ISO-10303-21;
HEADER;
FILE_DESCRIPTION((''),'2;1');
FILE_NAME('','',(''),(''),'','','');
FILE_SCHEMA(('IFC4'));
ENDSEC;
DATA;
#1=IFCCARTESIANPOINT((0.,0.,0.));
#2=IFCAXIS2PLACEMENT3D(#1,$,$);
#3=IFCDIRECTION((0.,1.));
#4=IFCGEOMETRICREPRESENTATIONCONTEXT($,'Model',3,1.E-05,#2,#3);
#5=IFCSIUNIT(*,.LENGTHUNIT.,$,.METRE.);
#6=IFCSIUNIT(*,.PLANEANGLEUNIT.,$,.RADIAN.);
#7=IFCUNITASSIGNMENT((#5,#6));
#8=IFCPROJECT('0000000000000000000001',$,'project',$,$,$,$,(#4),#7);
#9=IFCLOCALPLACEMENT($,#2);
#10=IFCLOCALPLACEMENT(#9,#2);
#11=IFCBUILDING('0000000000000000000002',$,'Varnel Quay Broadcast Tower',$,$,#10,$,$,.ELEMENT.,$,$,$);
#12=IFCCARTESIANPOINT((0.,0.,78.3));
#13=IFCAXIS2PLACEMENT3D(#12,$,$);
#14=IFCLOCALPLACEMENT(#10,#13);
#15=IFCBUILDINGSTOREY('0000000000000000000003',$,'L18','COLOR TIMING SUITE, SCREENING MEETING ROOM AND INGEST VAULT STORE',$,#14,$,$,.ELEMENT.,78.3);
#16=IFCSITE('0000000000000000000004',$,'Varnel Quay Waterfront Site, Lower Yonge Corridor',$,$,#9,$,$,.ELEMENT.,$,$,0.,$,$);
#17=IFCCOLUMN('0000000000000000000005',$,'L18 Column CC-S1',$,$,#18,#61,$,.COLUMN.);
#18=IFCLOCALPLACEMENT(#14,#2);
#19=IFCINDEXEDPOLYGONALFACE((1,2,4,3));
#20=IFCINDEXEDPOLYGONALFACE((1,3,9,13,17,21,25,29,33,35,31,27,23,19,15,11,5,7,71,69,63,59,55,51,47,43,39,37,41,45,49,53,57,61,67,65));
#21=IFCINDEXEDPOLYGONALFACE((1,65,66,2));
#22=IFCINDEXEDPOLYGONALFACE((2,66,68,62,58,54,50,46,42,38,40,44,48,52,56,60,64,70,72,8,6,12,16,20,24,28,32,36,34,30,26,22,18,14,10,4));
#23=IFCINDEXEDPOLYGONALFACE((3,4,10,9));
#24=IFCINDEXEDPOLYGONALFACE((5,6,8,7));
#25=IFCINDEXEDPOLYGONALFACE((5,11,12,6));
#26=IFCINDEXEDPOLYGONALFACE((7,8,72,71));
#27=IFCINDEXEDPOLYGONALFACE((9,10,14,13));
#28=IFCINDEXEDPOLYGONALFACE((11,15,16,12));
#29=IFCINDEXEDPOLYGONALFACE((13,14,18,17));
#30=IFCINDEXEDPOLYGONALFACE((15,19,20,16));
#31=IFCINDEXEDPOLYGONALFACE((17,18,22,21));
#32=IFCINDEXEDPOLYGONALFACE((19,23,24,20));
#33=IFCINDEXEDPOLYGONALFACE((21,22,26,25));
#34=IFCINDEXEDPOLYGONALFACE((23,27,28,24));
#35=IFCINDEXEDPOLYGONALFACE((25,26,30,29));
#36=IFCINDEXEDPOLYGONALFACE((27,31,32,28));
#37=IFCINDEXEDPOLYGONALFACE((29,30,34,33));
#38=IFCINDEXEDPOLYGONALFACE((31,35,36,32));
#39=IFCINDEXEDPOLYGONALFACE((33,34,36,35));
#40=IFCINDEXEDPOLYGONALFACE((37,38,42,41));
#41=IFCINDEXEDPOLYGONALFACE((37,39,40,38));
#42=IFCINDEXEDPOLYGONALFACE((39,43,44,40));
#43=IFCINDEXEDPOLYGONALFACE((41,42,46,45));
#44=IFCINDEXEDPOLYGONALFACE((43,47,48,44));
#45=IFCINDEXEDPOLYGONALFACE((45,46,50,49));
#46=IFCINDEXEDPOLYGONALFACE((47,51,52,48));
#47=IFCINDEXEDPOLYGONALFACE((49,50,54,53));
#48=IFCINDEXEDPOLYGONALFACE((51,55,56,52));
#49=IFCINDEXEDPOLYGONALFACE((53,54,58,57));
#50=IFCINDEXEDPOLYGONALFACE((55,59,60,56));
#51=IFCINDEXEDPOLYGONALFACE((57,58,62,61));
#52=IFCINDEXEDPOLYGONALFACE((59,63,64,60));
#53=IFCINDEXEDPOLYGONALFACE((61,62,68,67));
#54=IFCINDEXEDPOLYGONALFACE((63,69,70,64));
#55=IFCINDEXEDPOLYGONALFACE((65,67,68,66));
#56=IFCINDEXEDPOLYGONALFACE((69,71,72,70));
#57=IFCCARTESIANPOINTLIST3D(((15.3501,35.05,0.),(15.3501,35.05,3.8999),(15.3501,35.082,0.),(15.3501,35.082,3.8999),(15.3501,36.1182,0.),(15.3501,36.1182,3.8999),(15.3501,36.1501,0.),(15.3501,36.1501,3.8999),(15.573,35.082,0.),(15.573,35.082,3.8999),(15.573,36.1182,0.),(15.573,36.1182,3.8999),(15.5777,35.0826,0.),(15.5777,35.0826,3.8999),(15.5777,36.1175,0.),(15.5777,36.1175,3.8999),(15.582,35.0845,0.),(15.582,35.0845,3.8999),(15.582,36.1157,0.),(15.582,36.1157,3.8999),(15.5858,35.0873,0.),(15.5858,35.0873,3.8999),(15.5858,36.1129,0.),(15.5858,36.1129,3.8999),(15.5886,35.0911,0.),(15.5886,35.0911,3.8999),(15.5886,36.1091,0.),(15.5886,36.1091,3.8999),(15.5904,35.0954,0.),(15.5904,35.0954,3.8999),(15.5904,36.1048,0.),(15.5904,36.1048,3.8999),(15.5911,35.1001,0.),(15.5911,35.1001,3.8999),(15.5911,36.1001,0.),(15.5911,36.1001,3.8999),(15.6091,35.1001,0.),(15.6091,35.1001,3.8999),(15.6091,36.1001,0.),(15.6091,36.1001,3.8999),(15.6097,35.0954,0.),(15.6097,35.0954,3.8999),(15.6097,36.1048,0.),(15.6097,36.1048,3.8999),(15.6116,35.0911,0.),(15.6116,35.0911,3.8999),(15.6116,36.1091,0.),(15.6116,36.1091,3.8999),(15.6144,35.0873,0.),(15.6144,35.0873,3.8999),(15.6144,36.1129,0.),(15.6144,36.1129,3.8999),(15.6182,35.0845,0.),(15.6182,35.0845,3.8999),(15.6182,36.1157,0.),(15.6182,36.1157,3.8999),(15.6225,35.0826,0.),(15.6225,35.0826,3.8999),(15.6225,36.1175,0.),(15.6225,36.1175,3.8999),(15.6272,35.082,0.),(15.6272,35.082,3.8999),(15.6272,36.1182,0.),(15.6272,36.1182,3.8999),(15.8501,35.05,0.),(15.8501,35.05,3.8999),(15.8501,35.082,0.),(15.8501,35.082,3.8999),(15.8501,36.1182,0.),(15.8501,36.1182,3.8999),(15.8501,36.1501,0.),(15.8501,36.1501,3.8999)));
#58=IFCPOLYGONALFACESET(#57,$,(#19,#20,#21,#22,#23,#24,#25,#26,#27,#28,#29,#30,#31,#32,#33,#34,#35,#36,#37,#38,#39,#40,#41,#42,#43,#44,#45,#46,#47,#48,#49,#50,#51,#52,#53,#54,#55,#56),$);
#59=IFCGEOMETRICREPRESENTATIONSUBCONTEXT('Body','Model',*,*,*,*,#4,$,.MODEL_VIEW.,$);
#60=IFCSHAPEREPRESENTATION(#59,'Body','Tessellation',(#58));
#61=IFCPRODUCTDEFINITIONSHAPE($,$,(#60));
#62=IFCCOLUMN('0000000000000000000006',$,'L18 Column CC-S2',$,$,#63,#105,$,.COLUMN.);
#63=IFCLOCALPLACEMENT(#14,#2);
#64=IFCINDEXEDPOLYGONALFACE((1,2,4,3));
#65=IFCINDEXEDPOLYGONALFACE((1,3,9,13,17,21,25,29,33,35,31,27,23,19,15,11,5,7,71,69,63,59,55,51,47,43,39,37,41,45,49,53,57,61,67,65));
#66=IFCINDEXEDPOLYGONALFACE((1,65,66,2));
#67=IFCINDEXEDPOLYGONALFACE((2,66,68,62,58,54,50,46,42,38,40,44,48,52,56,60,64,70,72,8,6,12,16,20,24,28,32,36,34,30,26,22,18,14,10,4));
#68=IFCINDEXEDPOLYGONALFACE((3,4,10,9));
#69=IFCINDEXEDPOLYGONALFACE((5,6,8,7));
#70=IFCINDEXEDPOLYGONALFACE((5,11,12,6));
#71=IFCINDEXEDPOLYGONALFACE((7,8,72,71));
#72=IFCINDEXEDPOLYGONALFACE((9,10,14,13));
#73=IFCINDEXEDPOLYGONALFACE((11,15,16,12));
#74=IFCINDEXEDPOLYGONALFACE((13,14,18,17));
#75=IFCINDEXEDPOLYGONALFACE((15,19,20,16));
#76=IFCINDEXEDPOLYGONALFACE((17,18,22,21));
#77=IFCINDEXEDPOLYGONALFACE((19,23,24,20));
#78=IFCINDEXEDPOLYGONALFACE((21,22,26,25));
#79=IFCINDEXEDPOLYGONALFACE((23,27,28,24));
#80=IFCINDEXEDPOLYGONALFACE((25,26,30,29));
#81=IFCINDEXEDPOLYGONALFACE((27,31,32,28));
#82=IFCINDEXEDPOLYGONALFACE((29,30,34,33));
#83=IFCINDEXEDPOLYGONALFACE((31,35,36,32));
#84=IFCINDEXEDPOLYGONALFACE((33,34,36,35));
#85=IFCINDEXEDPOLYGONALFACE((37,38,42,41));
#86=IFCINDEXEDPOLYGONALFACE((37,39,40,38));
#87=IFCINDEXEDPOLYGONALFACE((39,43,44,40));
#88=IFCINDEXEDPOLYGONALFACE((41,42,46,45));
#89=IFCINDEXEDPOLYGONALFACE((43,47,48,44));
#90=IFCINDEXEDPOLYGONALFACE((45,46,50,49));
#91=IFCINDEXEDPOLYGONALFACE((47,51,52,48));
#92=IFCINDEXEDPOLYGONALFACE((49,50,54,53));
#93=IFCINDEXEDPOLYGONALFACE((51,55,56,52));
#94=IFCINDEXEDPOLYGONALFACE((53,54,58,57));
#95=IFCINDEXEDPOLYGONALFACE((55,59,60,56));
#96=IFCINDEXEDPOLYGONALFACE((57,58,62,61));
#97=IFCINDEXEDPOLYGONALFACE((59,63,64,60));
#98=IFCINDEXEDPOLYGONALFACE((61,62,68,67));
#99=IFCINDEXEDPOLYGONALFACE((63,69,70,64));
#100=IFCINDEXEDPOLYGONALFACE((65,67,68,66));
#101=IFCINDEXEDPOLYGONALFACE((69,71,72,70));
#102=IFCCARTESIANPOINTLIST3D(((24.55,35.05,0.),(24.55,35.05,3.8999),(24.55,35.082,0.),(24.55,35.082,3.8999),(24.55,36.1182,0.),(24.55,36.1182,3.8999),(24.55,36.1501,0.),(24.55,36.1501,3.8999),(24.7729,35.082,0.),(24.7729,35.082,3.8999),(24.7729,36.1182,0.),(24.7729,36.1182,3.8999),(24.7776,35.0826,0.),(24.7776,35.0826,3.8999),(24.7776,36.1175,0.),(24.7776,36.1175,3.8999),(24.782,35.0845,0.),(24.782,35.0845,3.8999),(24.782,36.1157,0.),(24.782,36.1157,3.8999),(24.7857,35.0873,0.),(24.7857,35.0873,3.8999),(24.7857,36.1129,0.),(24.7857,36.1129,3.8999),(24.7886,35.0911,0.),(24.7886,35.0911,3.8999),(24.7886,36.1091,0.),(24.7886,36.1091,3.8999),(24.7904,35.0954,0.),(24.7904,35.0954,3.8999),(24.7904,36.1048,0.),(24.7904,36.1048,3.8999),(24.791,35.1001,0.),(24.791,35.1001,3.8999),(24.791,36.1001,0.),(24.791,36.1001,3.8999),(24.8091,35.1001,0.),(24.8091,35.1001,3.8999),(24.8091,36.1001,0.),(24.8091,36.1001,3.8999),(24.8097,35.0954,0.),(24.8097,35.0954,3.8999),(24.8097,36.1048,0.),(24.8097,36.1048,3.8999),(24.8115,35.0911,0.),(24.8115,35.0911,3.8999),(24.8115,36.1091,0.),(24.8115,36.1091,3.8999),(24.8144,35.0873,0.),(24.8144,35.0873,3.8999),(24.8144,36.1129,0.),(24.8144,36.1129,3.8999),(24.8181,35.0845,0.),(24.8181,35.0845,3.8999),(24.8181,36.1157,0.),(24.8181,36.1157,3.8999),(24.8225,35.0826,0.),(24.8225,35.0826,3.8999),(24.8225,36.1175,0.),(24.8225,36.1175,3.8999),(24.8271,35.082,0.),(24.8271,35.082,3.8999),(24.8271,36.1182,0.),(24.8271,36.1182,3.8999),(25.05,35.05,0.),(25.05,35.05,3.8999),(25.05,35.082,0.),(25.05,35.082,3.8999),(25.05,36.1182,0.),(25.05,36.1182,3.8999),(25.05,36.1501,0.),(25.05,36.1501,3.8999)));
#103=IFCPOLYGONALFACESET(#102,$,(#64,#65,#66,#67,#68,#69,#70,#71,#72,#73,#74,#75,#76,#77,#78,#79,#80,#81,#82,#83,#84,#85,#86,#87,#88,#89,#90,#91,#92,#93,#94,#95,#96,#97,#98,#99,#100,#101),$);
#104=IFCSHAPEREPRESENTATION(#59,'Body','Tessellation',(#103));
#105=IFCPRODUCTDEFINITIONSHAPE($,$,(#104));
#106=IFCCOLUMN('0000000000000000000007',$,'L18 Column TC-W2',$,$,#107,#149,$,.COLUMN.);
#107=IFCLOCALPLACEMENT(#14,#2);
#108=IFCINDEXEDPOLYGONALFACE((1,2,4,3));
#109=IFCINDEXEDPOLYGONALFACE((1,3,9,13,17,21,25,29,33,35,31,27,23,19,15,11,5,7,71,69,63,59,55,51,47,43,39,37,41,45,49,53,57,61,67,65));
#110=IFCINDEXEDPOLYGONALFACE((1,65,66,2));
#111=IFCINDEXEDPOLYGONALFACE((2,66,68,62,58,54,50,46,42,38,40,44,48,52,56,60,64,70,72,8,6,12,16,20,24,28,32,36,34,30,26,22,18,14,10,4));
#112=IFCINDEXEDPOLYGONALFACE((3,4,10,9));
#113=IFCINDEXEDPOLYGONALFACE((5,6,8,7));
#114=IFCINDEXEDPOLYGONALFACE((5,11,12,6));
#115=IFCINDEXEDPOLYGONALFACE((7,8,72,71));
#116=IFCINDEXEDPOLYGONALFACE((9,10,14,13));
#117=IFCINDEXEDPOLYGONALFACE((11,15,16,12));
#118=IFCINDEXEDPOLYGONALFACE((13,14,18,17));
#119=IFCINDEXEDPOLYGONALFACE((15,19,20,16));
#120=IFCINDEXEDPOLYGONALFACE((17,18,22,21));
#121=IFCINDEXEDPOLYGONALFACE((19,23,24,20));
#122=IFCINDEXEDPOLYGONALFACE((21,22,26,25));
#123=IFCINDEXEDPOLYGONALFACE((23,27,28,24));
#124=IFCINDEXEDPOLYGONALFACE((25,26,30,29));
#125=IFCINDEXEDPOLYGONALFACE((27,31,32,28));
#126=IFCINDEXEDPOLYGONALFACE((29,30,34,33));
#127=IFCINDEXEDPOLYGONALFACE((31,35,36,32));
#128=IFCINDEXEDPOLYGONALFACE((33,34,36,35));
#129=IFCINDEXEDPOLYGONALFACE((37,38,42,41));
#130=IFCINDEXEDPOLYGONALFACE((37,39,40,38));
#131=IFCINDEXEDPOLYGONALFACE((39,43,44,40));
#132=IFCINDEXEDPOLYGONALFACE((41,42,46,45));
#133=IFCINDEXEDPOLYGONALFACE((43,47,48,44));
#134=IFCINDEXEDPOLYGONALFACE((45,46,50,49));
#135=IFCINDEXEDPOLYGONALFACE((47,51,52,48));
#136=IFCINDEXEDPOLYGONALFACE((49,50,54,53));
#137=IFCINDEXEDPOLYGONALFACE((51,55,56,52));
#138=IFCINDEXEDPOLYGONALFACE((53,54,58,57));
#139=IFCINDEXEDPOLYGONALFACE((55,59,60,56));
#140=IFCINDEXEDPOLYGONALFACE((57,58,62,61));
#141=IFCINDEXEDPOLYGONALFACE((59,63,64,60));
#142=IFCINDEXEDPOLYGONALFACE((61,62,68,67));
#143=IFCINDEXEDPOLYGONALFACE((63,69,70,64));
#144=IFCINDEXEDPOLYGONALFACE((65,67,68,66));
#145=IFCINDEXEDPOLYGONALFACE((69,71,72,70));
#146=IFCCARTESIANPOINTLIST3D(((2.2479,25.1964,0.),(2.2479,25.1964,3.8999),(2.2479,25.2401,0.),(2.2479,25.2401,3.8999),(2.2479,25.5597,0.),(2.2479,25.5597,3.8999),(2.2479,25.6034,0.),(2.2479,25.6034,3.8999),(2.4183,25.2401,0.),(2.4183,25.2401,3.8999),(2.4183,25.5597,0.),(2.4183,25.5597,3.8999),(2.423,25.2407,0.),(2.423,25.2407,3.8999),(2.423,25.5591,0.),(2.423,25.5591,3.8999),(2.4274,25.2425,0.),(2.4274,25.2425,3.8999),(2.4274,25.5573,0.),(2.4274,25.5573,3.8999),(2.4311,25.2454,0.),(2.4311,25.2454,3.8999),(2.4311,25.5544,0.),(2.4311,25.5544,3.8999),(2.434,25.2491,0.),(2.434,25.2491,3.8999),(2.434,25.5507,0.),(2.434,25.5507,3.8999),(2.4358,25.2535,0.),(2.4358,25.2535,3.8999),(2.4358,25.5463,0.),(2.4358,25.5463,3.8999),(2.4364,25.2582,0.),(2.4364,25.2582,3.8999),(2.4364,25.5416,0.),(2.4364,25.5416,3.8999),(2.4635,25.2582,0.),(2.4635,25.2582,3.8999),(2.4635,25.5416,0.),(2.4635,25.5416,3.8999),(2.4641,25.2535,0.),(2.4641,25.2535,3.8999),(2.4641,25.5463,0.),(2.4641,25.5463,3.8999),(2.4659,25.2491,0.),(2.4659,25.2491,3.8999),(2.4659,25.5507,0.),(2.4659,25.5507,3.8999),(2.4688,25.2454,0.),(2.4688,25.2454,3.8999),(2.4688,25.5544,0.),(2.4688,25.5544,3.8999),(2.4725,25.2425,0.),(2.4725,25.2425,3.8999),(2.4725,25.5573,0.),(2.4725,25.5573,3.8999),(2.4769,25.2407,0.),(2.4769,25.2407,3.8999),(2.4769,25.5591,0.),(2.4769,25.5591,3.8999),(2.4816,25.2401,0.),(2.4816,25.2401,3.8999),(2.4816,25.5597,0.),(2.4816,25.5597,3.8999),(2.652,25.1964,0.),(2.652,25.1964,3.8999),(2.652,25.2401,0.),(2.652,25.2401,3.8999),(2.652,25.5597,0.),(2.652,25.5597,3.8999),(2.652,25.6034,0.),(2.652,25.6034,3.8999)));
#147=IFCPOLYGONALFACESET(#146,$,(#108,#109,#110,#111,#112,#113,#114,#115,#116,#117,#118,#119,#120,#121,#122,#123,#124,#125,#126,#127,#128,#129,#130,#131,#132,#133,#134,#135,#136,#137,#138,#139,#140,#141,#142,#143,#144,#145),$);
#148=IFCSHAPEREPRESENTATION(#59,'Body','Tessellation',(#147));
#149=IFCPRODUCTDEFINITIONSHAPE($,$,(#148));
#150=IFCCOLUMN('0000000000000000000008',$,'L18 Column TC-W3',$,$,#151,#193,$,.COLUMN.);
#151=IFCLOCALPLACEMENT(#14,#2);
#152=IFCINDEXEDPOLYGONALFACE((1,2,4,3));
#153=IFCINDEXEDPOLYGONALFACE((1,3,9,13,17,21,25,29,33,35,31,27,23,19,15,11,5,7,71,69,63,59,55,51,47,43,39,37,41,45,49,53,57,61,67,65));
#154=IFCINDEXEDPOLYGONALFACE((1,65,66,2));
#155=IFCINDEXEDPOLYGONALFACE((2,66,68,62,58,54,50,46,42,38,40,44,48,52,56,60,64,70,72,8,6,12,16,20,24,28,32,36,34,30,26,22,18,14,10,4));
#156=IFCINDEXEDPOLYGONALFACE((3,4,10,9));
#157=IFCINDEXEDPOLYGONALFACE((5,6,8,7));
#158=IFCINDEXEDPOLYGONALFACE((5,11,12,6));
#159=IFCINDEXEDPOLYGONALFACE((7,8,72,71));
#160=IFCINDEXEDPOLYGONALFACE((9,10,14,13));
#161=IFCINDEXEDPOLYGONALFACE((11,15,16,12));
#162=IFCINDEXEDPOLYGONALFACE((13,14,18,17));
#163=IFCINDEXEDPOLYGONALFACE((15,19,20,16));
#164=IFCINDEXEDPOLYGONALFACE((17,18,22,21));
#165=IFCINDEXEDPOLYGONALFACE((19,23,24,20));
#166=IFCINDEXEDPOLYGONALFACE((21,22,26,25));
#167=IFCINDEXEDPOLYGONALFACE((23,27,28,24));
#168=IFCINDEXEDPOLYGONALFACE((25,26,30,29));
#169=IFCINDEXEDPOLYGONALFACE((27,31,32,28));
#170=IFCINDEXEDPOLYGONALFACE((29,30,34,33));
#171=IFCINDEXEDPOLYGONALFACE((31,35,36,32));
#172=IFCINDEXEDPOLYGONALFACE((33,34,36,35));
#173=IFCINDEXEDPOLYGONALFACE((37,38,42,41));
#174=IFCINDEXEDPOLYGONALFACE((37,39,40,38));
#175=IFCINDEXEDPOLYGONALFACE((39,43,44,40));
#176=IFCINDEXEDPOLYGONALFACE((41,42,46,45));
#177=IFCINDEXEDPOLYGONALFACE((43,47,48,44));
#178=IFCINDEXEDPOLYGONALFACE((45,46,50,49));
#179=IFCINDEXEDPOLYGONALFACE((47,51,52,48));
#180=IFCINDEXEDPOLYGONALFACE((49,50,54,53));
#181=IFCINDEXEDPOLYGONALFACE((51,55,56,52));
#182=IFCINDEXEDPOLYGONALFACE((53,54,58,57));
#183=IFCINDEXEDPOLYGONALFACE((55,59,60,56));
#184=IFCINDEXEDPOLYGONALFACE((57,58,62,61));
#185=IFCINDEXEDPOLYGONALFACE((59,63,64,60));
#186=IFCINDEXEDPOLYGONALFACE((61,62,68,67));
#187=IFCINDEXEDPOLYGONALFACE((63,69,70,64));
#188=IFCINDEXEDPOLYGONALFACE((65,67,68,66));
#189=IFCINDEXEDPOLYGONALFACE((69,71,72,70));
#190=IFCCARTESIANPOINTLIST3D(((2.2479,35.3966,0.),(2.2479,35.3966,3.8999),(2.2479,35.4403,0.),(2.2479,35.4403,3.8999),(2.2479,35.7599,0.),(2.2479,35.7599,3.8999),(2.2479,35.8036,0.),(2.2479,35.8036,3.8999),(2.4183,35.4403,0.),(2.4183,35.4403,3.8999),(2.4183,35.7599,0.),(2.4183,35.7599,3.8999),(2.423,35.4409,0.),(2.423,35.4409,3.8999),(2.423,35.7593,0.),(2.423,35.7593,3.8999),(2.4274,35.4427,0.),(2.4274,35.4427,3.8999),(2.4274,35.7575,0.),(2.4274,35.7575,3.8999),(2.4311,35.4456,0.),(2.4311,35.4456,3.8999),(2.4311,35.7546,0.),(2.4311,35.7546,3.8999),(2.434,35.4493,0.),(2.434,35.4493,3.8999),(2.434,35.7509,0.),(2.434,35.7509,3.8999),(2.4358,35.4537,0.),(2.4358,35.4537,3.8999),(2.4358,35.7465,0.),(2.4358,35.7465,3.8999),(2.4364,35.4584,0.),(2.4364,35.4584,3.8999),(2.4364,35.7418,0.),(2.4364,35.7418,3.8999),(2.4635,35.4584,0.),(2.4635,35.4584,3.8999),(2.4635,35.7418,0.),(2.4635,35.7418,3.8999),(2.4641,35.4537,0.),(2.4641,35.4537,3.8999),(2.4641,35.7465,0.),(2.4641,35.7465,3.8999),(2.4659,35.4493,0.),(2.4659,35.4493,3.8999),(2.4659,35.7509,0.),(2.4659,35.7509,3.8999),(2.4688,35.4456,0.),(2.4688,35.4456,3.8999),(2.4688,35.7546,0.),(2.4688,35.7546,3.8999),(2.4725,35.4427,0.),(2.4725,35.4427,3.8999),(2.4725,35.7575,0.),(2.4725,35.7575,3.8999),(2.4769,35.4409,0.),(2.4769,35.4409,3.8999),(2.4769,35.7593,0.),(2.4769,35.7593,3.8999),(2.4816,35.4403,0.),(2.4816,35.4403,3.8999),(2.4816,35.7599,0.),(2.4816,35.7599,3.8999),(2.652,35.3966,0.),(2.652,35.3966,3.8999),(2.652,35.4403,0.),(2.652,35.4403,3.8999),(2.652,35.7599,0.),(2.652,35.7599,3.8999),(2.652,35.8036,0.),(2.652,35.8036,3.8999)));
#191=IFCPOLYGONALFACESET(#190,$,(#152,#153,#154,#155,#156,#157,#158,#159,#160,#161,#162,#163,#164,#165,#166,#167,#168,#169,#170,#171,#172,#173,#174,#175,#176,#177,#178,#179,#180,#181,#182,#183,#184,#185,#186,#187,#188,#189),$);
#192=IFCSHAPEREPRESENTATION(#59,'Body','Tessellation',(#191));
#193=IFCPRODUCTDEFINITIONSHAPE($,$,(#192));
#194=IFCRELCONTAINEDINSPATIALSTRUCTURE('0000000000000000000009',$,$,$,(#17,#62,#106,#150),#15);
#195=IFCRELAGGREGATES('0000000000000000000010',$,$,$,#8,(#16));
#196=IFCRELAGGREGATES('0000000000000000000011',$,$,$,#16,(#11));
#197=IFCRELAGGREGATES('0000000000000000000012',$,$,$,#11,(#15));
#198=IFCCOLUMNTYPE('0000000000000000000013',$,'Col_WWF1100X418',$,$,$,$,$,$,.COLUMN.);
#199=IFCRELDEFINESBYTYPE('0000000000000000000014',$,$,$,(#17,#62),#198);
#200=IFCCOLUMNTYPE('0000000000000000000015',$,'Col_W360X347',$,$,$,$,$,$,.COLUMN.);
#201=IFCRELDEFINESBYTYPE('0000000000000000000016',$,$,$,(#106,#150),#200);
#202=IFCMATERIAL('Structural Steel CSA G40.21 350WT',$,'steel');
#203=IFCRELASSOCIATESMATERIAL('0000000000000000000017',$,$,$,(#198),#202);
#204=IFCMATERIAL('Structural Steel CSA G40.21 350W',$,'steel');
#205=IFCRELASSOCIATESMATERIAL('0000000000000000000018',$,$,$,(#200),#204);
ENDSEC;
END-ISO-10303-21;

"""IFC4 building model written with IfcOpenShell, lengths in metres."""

from ifc_helpers import new_model, si_unit, direction, frame, origin, origin_2d, place, context, subcontext, project, spatial, i_section, extrude, source, transform, mapped, material, material_profile, profile_set, type_object, type_shapes, element, save


model = new_model("IFC4")

# Units and contexts
model_context = context("Model", 3, precision=1e-05, world=origin(), true_north=direction((0.0, 1.0)))
body_context = subcontext(model_context, "Body", "Model", "MODEL_VIEW")
ifc_project = project(units=[si_unit("LENGTHUNIT", "METRE"), si_unit("PLANEANGLEUNIT", "RADIAN")], contexts=[model_context])

# Site, building, storey
site_placement = place(None, origin())
site = spatial("IfcSite", under=ifc_project, at=site_placement, Name="Varnel Quay Waterfront Site, Lower Yonge Corridor", CompositionType="ELEMENT", RefElevation=0.0)
building_placement = place(site_placement, origin())
building = spatial("IfcBuilding", under=site, at=building_placement, Name="Varnel Quay Broadcast Tower", CompositionType="ELEMENT")
storey_placement = place(building_placement, frame((0.0, 0.0, 78.3)))
storey = spatial("IfcBuildingStorey", under=building, at=storey_placement, Name="L18", Description="COLOR TIMING SUITE, SCREENING MEETING ROOM AND INGEST VAULT STORE", CompositionType="ELEMENT", Elevation=78.3)

# Columns
ifc_material_1 = material(Name="Structural Steel CSA G40.21 350WT", Category="steel")
ifc_material_profile_1 = material_profile(ifc_material_1, i_section(OverallWidth=0.5, OverallDepth=1.1001, WebThickness=0.0181, FlangeThickness=0.032, FilletRadius=0.0181, at=origin_2d()), Name="WWF1100X418")
ifc_profile_set_1 = profile_set([ifc_material_profile_1], Name="Structural Steel CSA G40.21 350WT")
column_type_1 = type_object("IfcColumnType", Name="Col_WWF1100X418", PredefinedType="COLUMN", material=ifc_profile_set_1)
shared_shape_1 = source(origin(), body_context, "Body", "SweptSolid", [
    extrude(i_section(OverallWidth=0.5, OverallDepth=1.1001, WebThickness=0.0181, FlangeThickness=0.032, FilletRadius=0.0181, at=origin_2d()), origin(), (0.0, 0.0, 1.0), 3.8999),
])
type_shapes(column_type_1, [shared_shape_1])
for number, where, z_axis, x_axis, name in (
    (1, (15.6001, 35.6001, 0.0), (0.0, 0.0, 1.0), (1.0, 0.0, 0.0), "L18 Column CC-S1"),
    (2, (24.8, 35.6001, 0.0), (0.0, 0.0, 1.0), (1.0, 0.0, 0.0), "L18 Column CC-S2"),
):
    element("IfcColumn", number, at=place(storey_placement, frame(where, z_axis=z_axis, x_axis=x_axis)), inside=storey, type_object=column_type_1, Name=name, PredefinedType="COLUMN", context=body_context, shape_type="MappedRepresentation", body=[
        mapped(shared_shape_1, transform((0.0, 0.0, 0.0), x_axis=(1.0, 0.0, 0.0), y_axis=(0.0, 1.0, 0.0), z_axis=(0.0, 0.0, 1.0), scale=1.0)),
    ])
ifc_material_2 = material(Name="Structural Steel CSA G40.21 350W", Category="steel")
ifc_material_profile_2 = material_profile(ifc_material_2, i_section(OverallWidth=0.4041, OverallDepth=0.407, WebThickness=0.0271, FlangeThickness=0.0437, FilletRadius=0.0181, at=origin_2d()), Name="W360X347")
ifc_profile_set_2 = profile_set([ifc_material_profile_2], Name="Structural Steel CSA G40.21 350W")
column_type_2 = type_object("IfcColumnType", Name="Col_W360X347", PredefinedType="COLUMN", material=ifc_profile_set_2)
shared_shape_2 = source(origin(), body_context, "Body", "SweptSolid", [
    extrude(i_section(OverallWidth=0.4041, OverallDepth=0.407, WebThickness=0.0271, FlangeThickness=0.0437, FilletRadius=0.0181, at=origin_2d()), origin(), (0.0, 0.0, 1.0), 3.8999),
])
type_shapes(column_type_2, [shared_shape_2])
for number, where, z_axis, x_axis, name in (
    (3, (2.45, 25.3999, 0.0), (0.0, 0.0, 1.0), (1.0, 0.0, 0.0), "L18 Column TC-W2"),
    (4, (2.45, 35.6001, 0.0), (0.0, 0.0, 1.0), (1.0, 0.0, 0.0), "L18 Column TC-W3"),
):
    element("IfcColumn", number, at=place(storey_placement, frame(where, z_axis=z_axis, x_axis=x_axis)), inside=storey, type_object=column_type_2, Name=name, PredefinedType="COLUMN", context=body_context, shape_type="MappedRepresentation", body=[
        mapped(shared_shape_2, transform((0.0, 0.0, 0.0), x_axis=(1.0, 0.0, 0.0), y_axis=(0.0, 1.0, 0.0), z_axis=(0.0, 0.0, 1.0), scale=1.0)),
    ])

save(model, "model.ifc")
